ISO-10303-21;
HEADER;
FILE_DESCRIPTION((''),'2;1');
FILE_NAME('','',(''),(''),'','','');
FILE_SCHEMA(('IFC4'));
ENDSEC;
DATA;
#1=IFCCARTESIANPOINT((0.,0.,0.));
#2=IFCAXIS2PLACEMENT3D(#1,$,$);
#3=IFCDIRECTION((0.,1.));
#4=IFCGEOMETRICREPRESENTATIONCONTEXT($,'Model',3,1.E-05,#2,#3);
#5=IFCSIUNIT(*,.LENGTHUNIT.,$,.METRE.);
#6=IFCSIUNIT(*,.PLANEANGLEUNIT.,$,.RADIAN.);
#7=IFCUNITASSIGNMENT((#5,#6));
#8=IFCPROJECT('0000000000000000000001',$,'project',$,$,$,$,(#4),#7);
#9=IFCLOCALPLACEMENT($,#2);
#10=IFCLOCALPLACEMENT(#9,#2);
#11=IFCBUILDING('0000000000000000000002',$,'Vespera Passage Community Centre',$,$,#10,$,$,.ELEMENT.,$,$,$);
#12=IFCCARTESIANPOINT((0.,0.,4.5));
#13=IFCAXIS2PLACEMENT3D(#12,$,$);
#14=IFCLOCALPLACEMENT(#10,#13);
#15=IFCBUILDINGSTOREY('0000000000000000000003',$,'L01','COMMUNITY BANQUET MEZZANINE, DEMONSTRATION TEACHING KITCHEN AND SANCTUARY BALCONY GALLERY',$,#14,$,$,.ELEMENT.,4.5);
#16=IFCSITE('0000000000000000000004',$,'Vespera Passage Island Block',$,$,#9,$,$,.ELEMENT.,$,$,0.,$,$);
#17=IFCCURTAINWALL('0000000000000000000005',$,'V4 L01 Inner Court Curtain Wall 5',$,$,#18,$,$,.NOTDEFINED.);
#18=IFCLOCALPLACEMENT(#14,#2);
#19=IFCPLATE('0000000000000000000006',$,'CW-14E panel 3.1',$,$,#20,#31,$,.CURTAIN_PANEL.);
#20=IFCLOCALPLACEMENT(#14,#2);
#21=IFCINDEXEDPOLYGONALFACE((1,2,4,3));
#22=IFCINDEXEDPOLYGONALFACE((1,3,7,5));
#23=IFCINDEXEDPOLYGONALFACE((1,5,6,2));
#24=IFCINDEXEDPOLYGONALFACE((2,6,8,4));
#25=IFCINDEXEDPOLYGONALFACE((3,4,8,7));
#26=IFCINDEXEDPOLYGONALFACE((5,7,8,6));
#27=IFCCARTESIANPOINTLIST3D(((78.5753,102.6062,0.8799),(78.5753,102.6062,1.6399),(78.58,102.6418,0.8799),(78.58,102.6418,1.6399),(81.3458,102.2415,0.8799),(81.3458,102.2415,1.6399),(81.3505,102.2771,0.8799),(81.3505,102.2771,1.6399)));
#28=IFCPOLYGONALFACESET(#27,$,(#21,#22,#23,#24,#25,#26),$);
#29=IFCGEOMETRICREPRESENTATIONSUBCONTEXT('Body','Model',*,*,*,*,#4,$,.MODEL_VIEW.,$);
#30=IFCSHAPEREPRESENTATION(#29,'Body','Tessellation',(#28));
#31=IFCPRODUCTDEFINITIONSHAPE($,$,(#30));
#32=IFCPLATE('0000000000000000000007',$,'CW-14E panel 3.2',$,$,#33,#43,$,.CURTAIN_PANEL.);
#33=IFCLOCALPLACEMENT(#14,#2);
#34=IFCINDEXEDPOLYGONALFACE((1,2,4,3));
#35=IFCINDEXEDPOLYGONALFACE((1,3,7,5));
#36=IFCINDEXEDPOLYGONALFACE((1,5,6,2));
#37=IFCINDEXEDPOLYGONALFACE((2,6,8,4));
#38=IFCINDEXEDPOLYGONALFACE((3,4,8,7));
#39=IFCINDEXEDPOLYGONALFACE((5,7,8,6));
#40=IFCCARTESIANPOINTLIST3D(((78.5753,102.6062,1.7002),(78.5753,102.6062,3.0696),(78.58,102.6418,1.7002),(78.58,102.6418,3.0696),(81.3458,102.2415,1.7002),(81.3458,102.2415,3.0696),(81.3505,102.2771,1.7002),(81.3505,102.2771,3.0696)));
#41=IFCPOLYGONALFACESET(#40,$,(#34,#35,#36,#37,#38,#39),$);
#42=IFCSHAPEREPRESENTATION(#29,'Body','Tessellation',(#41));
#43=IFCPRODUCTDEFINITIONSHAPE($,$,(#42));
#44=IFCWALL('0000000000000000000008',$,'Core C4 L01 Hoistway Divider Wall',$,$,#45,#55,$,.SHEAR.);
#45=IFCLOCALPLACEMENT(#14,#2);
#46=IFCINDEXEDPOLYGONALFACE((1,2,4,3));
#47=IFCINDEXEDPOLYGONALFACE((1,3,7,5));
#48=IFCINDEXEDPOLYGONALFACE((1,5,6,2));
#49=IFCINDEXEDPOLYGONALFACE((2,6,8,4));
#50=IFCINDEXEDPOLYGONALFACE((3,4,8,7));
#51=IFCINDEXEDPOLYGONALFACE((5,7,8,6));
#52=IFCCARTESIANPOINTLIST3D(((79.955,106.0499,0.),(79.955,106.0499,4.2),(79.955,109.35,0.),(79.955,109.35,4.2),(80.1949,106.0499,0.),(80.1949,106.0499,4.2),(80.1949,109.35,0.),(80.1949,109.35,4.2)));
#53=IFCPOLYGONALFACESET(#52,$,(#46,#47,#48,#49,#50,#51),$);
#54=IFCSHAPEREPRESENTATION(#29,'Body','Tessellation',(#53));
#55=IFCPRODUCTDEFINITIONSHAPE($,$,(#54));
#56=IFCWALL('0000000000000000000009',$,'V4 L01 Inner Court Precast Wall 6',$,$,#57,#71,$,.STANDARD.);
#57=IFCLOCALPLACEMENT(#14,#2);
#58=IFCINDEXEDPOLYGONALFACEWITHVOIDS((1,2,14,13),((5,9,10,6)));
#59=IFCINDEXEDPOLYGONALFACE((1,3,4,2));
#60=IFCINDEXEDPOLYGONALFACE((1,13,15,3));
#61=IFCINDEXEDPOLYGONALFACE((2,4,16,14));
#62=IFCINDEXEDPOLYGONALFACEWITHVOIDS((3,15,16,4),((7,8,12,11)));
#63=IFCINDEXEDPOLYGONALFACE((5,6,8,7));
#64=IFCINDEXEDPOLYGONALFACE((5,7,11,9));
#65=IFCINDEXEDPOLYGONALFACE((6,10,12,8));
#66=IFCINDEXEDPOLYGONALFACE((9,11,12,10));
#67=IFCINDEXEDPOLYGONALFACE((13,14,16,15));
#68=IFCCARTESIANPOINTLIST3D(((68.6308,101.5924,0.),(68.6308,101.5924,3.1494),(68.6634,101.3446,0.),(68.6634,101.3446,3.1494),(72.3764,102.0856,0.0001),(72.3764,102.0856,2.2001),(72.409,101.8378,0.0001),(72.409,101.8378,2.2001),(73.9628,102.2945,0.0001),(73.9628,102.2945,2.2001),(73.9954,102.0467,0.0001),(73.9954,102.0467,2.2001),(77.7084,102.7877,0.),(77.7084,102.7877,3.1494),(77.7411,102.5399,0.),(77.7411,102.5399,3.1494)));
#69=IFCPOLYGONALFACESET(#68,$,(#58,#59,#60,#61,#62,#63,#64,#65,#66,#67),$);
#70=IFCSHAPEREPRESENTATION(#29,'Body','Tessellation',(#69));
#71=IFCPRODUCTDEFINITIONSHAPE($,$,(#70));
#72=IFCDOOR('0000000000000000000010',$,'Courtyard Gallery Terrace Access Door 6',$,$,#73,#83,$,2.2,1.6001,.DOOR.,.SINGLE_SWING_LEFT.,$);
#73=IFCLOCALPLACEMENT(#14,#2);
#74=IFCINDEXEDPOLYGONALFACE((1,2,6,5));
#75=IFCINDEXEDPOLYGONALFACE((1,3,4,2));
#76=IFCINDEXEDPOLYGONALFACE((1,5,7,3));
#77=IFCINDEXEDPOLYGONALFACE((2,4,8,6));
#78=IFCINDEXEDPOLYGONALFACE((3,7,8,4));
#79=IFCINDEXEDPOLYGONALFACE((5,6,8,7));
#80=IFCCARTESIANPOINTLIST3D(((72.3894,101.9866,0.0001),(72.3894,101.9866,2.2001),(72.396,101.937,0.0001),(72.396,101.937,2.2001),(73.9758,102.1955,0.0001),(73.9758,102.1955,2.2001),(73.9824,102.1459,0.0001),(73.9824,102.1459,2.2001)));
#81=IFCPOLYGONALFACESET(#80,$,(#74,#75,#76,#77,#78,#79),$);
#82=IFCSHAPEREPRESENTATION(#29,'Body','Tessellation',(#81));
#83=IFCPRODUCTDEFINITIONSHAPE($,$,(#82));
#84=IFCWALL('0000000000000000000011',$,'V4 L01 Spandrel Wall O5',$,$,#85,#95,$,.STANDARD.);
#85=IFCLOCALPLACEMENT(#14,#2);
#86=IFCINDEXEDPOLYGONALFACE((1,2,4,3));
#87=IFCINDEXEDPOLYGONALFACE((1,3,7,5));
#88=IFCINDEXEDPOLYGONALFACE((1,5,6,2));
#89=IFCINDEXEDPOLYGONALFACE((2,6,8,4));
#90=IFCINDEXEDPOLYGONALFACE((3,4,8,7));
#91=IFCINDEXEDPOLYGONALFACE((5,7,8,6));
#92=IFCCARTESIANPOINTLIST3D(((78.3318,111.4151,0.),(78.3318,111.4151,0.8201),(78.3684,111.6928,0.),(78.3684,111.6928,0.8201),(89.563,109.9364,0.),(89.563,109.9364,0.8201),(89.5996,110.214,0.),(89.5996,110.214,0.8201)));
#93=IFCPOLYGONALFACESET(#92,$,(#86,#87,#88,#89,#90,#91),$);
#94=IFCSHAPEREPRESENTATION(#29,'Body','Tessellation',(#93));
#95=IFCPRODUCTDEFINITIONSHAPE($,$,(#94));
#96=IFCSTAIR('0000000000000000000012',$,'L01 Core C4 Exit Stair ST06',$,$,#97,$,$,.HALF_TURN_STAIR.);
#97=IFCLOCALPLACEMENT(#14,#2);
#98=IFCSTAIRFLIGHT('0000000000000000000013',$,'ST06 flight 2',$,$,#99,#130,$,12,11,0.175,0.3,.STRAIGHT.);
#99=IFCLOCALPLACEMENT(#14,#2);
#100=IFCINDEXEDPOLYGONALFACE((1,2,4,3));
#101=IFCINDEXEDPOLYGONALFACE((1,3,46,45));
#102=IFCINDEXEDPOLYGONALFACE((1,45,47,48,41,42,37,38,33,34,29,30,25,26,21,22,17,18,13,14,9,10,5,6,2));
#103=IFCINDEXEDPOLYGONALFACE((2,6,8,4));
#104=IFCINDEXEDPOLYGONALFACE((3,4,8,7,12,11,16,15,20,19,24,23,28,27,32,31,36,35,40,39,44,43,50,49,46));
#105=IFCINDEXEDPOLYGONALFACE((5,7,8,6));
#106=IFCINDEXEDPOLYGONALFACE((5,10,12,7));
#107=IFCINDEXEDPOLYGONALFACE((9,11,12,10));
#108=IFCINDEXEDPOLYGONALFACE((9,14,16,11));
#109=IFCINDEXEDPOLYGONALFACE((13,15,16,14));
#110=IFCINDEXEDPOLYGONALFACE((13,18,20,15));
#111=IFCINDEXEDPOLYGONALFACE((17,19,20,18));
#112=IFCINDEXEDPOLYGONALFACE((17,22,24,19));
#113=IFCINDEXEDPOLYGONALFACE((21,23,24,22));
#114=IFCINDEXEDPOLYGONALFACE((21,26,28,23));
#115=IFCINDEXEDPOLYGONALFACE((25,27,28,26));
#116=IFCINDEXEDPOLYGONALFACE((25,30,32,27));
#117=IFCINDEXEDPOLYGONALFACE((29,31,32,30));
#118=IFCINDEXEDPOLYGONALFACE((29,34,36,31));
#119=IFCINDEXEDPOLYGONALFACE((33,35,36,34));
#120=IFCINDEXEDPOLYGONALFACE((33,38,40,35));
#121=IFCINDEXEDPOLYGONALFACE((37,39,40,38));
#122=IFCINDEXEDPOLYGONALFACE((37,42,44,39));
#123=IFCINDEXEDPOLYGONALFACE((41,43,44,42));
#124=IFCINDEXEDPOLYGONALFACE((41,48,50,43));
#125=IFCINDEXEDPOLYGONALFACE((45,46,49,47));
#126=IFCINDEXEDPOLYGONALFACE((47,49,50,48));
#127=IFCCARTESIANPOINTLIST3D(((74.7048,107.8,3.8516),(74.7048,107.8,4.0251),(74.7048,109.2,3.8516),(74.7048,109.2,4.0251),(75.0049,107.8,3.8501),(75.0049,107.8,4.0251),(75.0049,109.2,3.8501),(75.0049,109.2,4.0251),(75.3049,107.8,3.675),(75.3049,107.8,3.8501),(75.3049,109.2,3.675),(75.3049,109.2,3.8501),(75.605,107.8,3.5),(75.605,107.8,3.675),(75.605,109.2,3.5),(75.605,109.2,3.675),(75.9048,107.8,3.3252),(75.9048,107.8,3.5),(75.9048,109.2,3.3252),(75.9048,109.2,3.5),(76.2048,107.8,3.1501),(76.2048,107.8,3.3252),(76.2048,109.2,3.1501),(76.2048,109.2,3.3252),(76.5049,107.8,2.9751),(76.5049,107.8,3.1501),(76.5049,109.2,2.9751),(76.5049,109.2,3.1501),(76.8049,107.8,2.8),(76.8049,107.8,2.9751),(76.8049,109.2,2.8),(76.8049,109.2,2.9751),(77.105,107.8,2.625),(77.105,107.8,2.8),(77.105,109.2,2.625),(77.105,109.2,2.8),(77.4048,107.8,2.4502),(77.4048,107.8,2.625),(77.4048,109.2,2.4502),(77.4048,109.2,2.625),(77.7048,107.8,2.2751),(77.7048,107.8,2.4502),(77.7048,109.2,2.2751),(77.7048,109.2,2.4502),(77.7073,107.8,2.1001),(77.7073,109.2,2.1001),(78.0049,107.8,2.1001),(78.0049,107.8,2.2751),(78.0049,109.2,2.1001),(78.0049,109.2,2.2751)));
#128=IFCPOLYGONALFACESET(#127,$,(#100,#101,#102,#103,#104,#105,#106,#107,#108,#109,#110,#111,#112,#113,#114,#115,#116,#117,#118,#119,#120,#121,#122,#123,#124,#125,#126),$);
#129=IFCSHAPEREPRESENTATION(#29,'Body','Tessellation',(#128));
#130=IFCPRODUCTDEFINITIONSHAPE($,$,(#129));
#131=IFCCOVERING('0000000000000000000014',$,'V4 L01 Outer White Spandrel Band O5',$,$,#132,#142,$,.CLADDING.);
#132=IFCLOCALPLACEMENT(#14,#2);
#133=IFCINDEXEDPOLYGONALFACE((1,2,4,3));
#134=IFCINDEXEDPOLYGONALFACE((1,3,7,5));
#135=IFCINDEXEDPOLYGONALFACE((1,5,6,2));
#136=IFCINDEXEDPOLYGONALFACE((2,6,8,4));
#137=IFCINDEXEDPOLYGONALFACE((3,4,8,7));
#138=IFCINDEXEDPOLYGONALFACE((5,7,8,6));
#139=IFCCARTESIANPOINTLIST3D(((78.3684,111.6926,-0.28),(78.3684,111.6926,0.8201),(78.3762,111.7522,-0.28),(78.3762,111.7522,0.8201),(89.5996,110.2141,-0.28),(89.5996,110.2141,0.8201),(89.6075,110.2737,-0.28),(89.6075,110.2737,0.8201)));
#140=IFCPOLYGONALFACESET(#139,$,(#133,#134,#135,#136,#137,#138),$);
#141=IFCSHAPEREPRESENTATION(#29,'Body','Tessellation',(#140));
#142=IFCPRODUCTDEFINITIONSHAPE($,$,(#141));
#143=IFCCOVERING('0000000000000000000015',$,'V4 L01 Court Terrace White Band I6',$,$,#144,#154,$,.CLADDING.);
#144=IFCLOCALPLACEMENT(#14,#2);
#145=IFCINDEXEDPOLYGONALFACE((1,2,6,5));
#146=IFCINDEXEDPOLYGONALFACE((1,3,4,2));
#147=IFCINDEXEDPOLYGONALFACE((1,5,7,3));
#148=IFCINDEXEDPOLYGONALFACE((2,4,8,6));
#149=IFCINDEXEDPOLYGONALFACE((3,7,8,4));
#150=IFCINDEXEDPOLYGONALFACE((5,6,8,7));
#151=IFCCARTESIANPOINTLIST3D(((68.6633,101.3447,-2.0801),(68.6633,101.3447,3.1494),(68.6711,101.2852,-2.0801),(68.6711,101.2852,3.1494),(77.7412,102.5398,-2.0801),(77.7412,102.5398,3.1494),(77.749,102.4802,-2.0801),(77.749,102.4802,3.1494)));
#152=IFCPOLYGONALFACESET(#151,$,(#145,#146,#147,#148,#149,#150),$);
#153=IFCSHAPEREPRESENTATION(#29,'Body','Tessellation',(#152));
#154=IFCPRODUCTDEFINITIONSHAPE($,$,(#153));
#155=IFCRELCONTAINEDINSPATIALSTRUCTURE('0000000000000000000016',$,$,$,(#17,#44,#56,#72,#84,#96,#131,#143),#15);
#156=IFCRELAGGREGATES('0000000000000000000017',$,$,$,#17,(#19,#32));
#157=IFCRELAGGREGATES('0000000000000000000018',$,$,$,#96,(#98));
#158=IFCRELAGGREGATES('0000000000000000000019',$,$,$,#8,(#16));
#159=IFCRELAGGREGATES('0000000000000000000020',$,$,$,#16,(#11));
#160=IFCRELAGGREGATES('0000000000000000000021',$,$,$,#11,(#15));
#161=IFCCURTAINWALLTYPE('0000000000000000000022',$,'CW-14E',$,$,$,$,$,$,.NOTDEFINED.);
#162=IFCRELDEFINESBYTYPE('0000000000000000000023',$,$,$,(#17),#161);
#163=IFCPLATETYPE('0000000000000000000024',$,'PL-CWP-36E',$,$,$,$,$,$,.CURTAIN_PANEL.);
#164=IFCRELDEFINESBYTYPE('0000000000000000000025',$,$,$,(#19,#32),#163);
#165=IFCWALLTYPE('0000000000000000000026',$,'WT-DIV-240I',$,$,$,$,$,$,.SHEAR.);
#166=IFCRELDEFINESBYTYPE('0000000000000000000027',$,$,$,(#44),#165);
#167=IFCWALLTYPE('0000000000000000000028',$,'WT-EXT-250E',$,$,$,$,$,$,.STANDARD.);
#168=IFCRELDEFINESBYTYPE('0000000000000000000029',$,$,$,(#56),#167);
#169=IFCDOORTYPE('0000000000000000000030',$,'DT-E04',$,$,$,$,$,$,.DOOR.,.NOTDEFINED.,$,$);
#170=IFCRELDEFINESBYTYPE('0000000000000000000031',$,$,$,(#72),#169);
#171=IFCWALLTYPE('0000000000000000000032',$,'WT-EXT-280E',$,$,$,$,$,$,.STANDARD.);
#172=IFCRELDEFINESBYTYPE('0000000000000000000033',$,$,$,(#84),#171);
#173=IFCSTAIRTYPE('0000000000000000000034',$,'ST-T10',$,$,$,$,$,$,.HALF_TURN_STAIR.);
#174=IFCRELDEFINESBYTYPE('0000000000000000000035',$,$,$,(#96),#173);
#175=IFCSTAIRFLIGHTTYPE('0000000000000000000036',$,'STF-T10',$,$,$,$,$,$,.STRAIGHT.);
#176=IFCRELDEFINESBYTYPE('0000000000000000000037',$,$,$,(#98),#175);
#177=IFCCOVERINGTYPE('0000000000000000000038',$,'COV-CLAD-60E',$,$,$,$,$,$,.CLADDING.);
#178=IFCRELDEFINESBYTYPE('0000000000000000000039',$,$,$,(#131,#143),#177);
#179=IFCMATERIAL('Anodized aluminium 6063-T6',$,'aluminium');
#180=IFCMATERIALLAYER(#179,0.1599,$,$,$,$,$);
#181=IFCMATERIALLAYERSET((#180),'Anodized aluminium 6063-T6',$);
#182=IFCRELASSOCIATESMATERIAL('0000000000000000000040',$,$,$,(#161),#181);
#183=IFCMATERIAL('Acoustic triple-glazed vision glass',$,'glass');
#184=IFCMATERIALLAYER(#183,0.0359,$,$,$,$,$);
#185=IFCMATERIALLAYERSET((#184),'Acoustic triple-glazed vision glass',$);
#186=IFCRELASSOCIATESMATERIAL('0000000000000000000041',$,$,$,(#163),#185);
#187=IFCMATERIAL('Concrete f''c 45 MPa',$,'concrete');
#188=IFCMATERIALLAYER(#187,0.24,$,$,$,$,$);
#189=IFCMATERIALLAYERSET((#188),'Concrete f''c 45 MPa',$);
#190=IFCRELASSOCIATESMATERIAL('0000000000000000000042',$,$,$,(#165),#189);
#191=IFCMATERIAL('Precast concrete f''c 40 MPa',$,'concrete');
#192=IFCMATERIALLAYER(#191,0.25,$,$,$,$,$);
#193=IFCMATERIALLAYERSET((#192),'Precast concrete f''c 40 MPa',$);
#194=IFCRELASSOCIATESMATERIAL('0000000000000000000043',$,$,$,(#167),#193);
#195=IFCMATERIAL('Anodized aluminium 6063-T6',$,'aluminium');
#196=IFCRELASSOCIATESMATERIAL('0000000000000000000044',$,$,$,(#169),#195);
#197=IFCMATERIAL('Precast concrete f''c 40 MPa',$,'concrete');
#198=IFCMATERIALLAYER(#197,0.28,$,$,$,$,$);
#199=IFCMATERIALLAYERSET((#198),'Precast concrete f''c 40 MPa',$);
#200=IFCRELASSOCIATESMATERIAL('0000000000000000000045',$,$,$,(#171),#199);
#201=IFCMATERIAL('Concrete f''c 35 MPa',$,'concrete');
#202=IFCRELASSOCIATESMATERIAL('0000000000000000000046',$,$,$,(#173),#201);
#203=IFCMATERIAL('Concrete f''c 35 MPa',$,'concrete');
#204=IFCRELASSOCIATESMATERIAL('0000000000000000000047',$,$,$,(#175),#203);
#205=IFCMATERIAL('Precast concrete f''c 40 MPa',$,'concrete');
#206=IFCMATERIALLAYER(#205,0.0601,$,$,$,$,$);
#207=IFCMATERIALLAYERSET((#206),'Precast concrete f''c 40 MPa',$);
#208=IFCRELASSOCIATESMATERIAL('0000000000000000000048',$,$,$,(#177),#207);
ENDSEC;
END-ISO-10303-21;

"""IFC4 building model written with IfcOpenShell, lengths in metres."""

from ifc_helpers import new_model, si_unit, direction, frame, frame_2d, origin, origin_2d, place, context, subcontext, project, spatial, polyline, rectangle, outline, extrude, material, layer, layer_set, type_object, element, fill, aggregate, save


model = new_model("IFC4")

# Units and contexts
model_context = context("Model", 3, precision=1e-05, world=origin(), true_north=direction((0.0, 1.0)))
body_context = subcontext(model_context, "Body", "Model", "MODEL_VIEW")
ifc_project = project(units=[si_unit("LENGTHUNIT", "METRE"), si_unit("PLANEANGLEUNIT", "RADIAN")], contexts=[model_context])

# Site, building, storey
site_placement = place(None, origin())
site = spatial("IfcSite", under=ifc_project, at=site_placement, Name="Vespera Passage Island Block", CompositionType="ELEMENT", RefElevation=0.0)
building_placement = place(site_placement, origin())
building = spatial("IfcBuilding", under=site, at=building_placement, Name="Vespera Passage Community Centre", CompositionType="ELEMENT")
storey_placement = place(building_placement, frame((0.0, 0.0, 4.5)))
storey = spatial("IfcBuildingStorey", under=building, at=storey_placement, Name="L01", Description="COMMUNITY BANQUET MEZZANINE, DEMONSTRATION TEACHING KITCHEN AND SANCTUARY BALCONY GALLERY", CompositionType="ELEMENT", Elevation=4.5)

# Curtain wall
ifc_material_1 = material(Name="Anodized aluminium 6063-T6", Category="aluminium")
ifc_layer_1 = layer(ifc_material_1, 0.1599)
ifc_layer_set_1 = layer_set([ifc_layer_1], Name="Anodized aluminium 6063-T6")
curtain_wall_type_1 = type_object("IfcCurtainWallType", Name="CW-14E", PredefinedType="NOTDEFINED", material=ifc_layer_set_1)
curtain_wall_1_placement = place(storey_placement, origin())
curtain_wall_1 = element("IfcCurtainWall", 1, at=curtain_wall_1_placement, inside=storey, type_object=curtain_wall_type_1, Name="V4 L01 Inner Court Curtain Wall 5", PredefinedType="NOTDEFINED")

# Plates
ifc_material_2 = material(Name="Acoustic triple-glazed vision glass", Category="glass")
ifc_layer_2 = layer(ifc_material_2, 0.0359)
ifc_layer_set_2 = layer_set([ifc_layer_2], Name="Acoustic triple-glazed vision glass")
plate_type_1 = type_object("IfcPlateType", Name="PL-CWP-36E", PredefinedType="CURTAIN_PANEL", material=ifc_layer_set_2)
plate_1_placement = place(storey_placement, frame((79.9629, 102.4417, 0.8799), z_axis=(0.0, 0.0, 1.0), x_axis=(-0.991445, 0.130522, 0.0)))
plate_1 = element("IfcPlate", 2, at=plate_1_placement, type_object=plate_type_1, Name="CW-14E panel 3.1", PredefinedType="CURTAIN_PANEL", context=body_context, shape_type="SweptSolid", body=[
    extrude(rectangle(XDim=2.7944, YDim=0.0359, at=origin_2d()), origin(), (0.0, 0.0, 1.0), 0.76),
])
plate_2_placement = place(storey_placement, frame((79.9629, 102.4417, 1.7002), z_axis=(0.0, 0.0, 1.0), x_axis=(-0.991445, 0.130522, 0.0)))
plate_2 = element("IfcPlate", 3, at=plate_2_placement, type_object=plate_type_1, Name="CW-14E panel 3.2", PredefinedType="CURTAIN_PANEL", context=body_context, shape_type="SweptSolid", body=[
    extrude(rectangle(XDim=2.7944, YDim=0.0359, at=origin_2d()), origin(), (0.0, 0.0, 1.0), 1.3694),
])
aggregate(curtain_wall_1, [plate_1, plate_2])

# Wall
ifc_material_3 = material(Name="Concrete f'c 45 MPa", Category="concrete")
ifc_layer_3 = layer(ifc_material_3, 0.24)
ifc_layer_set_3 = layer_set([ifc_layer_3], Name="Concrete f'c 45 MPa")
wall_type_1 = type_object("IfcWallType", Name="WT-DIV-240I", PredefinedType="SHEAR", material=ifc_layer_set_3)
wall_1_placement = place(storey_placement, frame((80.075, 106.05, 0.0), z_axis=(0.0, 0.0, 1.0), x_axis=(0.0, 1.0, 0.0)))
element("IfcWall", 4, at=wall_1_placement, inside=storey, type_object=wall_type_1, Name="Core C4 L01 Hoistway Divider Wall", PredefinedType="SHEAR", context=body_context, shape_type="SweptSolid", body=[
    extrude(rectangle(XDim=3.3, YDim=0.24, at=frame_2d((1.6499, 0.0))), origin(), (0.0, 0.0, 1.0), 4.2),
])

# Wall, opening, door
ifc_material_4 = material(Name="Precast concrete f'c 40 MPa", Category="concrete")
ifc_layer_4 = layer(ifc_material_4, 0.25)
ifc_layer_set_4 = layer_set([ifc_layer_4], Name="Precast concrete f'c 40 MPa")
wall_type_2 = type_object("IfcWallType", Name="WT-EXT-250E", PredefinedType="STANDARD", material=ifc_layer_set_4)
wall_2_placement = place(storey_placement, frame((77.7249, 102.6638, 0.0), z_axis=(0.0, 0.0, 1.0), x_axis=(-0.991442, -0.13055, 0.0)))
wall_2 = element("IfcWall", 5, at=wall_2_placement, inside=storey, type_object=wall_type_2, Name="V4 L01 Inner Court Precast Wall 6", PredefinedType="STANDARD", context=body_context, shape_type="SweptSolid", body=[
    extrude(rectangle(XDim=9.156, YDim=0.25, at=frame_2d((4.5781, 0.0))), origin(), (0.0, 0.0, 1.0), 3.1494),
])
opening_placement = place(wall_2_placement, frame((3.7781, 0.0, 0.0)))
opening = element("IfcOpeningElement", 6, at=opening_placement, cuts=wall_2, PredefinedType="OPENING", context=body_context, shape_type="SweptSolid", body=[
    extrude(rectangle(XDim=1.6001, YDim=2.2, at=frame_2d((0.8, 1.1001))), frame((0.0, 0.135, 0.0), z_axis=(0.0, -1.0, 0.0), x_axis=(1.0, 0.0, 0.0)), (0.0, 0.0, 1.0), 0.27),
])
ifc_material_5 = material(Name="Anodized aluminium 6063-T6", Category="aluminium")
door_type = type_object("IfcDoorType", Name="DT-E04", OperationType="NOTDEFINED", PredefinedType="DOOR", material=ifc_material_5)
door_placement = place(opening_placement, origin())
door = element("IfcDoor", 7, at=door_placement, inside=storey, type_object=door_type, Name="Courtyard Gallery Terrace Access Door 6", OperationType="SINGLE_SWING_LEFT", OverallHeight=2.2, OverallWidth=1.6001, PredefinedType="DOOR", context=body_context, shape_type="SweptSolid", body=[
    extrude(rectangle(XDim=1.6001, YDim=2.2, at=frame_2d((0.8, 1.1001))), frame((0.0, 0.0249, 0.0), z_axis=(0.0, -1.0, 0.0), x_axis=(1.0, 0.0, 0.0)), (0.0, 0.0, 1.0), 0.05),
])
fill(opening, door)

# Wall
ifc_material_6 = material(Name="Precast concrete f'c 40 MPa", Category="concrete")
ifc_layer_5 = layer(ifc_material_6, 0.28)
ifc_layer_set_5 = layer_set([ifc_layer_5], Name="Precast concrete f'c 40 MPa")
wall_type_3 = type_object("IfcWallType", Name="WT-EXT-280E", PredefinedType="STANDARD", material=ifc_layer_set_5)
wall_3_placement = place(storey_placement, frame((78.3501, 111.554, 0.0), z_axis=(0.0, 0.0, 1.0), x_axis=(0.991443, -0.130539, 0.0)))
element("IfcWall", 8, at=wall_3_placement, inside=storey, type_object=wall_type_3, Name="V4 L01 Spandrel Wall O5", PredefinedType="STANDARD", context=body_context, shape_type="SweptSolid", body=[
    extrude(rectangle(XDim=11.3281, YDim=0.28, at=frame_2d((5.6641, 0.0))), origin(), (0.0, 0.0, 1.0), 0.8201),
])

# Stair, stair flight
ifc_material_7 = material(Name="Concrete f'c 35 MPa", Category="concrete")
stair_type = type_object("IfcStairType", Name="ST-T10", PredefinedType="HALF_TURN_STAIR", material=ifc_material_7)
stair_placement = place(storey_placement, origin())
stair = element("IfcStair", 9, at=stair_placement, inside=storey, type_object=stair_type, Name="L01 Core C4 Exit Stair ST06", PredefinedType="HALF_TURN_STAIR")
ifc_material_8 = material(Name="Concrete f'c 35 MPa", Category="concrete")
stair_flight_type = type_object("IfcStairFlightType", Name="STF-T10", PredefinedType="STRAIGHT", material=ifc_material_8)
stair_flight_placement = place(storey_placement, frame((78.0049, 108.5, 2.1001), z_axis=(0.0, 0.0, 1.0), x_axis=(-1.0, 0.0, 0.0)))
stair_flight = element("IfcStairFlight", 10, at=stair_flight_placement, type_object=stair_flight_type, Name="ST06 flight 2", NumberOfRisers=12, NumberOfTreads=11, PredefinedType="STRAIGHT", RiserHeight=0.175, TreadLength=0.3, context=body_context, shape_type="SweptSolid", body=[
    extrude(outline(polyline([(0.0, 0.0), (0.0, 0.175), (0.3, 0.175), (0.3, 0.3501), (0.6001, 0.3501), (0.6001, 0.5249), (0.8999, 0.5249), (0.8999, 0.7), (1.2, 0.7), (1.2, 0.875), (1.5, 0.875), (1.5, 1.05), (1.8, 1.05), (1.8, 1.2251), (2.1001, 1.2251), (2.1001, 1.3999), (2.3999, 1.3999), (2.3999, 1.575), (2.7, 1.575), (2.7, 1.75), (3.0, 1.75), (3.0, 1.925), (3.3, 1.925), (3.3, 2.1001), (3.3, 1.7515), (0.2976, 0.0), (0.0, 0.0)])), frame((0.0, 0.7, 0.0), z_axis=(0.0, -1.0, 0.0), x_axis=(1.0, 0.0, 0.0)), (0.0, 0.0, 1.0), 1.3999),
])
aggregate(stair, [stair_flight])

# Coverings
ifc_material_9 = material(Name="Precast concrete f'c 40 MPa", Category="concrete")
ifc_layer_6 = layer(ifc_material_9, 0.0601)
ifc_layer_set_6 = layer_set([ifc_layer_6], Name="Precast concrete f'c 40 MPa")
covering_type = type_object("IfcCoveringType", Name="COV-CLAD-60E", PredefinedType="CLADDING", material=ifc_layer_set_6)
covering_1_placement = place(storey_placement, frame((78.3723, 111.7224, -0.28), z_axis=(0.0, 0.0, 1.0), x_axis=(0.991446, -0.130518, 0.0)))
element("IfcCovering", 11, at=covering_1_placement, inside=storey, type_object=covering_type, Name="V4 L01 Outer White Spandrel Band O5", PredefinedType="CLADDING", context=body_context, shape_type="SweptSolid", body=[
    extrude(rectangle(XDim=11.3281, YDim=0.0601, at=frame_2d((5.6641, 0.0))), origin(), (0.0, 0.0, 1.0), 1.1001),
])
covering_2_placement = place(storey_placement, frame((77.7451, 102.51, -2.0801), z_axis=(0.0, 0.0, 1.0), x_axis=(-0.991446, -0.13052, 0.0)))
element("IfcCovering", 12, at=covering_2_placement, inside=storey, type_object=covering_type, Name="V4 L01 Court Terrace White Band I6", PredefinedType="CLADDING", context=body_context, shape_type="SweptSolid", body=[
    extrude(rectangle(XDim=9.1562, YDim=0.0601, at=frame_2d((4.5781, 0.0))), origin(), (0.0, 0.0, 1.0), 5.2295),
])

save(model, "model.ifc")
